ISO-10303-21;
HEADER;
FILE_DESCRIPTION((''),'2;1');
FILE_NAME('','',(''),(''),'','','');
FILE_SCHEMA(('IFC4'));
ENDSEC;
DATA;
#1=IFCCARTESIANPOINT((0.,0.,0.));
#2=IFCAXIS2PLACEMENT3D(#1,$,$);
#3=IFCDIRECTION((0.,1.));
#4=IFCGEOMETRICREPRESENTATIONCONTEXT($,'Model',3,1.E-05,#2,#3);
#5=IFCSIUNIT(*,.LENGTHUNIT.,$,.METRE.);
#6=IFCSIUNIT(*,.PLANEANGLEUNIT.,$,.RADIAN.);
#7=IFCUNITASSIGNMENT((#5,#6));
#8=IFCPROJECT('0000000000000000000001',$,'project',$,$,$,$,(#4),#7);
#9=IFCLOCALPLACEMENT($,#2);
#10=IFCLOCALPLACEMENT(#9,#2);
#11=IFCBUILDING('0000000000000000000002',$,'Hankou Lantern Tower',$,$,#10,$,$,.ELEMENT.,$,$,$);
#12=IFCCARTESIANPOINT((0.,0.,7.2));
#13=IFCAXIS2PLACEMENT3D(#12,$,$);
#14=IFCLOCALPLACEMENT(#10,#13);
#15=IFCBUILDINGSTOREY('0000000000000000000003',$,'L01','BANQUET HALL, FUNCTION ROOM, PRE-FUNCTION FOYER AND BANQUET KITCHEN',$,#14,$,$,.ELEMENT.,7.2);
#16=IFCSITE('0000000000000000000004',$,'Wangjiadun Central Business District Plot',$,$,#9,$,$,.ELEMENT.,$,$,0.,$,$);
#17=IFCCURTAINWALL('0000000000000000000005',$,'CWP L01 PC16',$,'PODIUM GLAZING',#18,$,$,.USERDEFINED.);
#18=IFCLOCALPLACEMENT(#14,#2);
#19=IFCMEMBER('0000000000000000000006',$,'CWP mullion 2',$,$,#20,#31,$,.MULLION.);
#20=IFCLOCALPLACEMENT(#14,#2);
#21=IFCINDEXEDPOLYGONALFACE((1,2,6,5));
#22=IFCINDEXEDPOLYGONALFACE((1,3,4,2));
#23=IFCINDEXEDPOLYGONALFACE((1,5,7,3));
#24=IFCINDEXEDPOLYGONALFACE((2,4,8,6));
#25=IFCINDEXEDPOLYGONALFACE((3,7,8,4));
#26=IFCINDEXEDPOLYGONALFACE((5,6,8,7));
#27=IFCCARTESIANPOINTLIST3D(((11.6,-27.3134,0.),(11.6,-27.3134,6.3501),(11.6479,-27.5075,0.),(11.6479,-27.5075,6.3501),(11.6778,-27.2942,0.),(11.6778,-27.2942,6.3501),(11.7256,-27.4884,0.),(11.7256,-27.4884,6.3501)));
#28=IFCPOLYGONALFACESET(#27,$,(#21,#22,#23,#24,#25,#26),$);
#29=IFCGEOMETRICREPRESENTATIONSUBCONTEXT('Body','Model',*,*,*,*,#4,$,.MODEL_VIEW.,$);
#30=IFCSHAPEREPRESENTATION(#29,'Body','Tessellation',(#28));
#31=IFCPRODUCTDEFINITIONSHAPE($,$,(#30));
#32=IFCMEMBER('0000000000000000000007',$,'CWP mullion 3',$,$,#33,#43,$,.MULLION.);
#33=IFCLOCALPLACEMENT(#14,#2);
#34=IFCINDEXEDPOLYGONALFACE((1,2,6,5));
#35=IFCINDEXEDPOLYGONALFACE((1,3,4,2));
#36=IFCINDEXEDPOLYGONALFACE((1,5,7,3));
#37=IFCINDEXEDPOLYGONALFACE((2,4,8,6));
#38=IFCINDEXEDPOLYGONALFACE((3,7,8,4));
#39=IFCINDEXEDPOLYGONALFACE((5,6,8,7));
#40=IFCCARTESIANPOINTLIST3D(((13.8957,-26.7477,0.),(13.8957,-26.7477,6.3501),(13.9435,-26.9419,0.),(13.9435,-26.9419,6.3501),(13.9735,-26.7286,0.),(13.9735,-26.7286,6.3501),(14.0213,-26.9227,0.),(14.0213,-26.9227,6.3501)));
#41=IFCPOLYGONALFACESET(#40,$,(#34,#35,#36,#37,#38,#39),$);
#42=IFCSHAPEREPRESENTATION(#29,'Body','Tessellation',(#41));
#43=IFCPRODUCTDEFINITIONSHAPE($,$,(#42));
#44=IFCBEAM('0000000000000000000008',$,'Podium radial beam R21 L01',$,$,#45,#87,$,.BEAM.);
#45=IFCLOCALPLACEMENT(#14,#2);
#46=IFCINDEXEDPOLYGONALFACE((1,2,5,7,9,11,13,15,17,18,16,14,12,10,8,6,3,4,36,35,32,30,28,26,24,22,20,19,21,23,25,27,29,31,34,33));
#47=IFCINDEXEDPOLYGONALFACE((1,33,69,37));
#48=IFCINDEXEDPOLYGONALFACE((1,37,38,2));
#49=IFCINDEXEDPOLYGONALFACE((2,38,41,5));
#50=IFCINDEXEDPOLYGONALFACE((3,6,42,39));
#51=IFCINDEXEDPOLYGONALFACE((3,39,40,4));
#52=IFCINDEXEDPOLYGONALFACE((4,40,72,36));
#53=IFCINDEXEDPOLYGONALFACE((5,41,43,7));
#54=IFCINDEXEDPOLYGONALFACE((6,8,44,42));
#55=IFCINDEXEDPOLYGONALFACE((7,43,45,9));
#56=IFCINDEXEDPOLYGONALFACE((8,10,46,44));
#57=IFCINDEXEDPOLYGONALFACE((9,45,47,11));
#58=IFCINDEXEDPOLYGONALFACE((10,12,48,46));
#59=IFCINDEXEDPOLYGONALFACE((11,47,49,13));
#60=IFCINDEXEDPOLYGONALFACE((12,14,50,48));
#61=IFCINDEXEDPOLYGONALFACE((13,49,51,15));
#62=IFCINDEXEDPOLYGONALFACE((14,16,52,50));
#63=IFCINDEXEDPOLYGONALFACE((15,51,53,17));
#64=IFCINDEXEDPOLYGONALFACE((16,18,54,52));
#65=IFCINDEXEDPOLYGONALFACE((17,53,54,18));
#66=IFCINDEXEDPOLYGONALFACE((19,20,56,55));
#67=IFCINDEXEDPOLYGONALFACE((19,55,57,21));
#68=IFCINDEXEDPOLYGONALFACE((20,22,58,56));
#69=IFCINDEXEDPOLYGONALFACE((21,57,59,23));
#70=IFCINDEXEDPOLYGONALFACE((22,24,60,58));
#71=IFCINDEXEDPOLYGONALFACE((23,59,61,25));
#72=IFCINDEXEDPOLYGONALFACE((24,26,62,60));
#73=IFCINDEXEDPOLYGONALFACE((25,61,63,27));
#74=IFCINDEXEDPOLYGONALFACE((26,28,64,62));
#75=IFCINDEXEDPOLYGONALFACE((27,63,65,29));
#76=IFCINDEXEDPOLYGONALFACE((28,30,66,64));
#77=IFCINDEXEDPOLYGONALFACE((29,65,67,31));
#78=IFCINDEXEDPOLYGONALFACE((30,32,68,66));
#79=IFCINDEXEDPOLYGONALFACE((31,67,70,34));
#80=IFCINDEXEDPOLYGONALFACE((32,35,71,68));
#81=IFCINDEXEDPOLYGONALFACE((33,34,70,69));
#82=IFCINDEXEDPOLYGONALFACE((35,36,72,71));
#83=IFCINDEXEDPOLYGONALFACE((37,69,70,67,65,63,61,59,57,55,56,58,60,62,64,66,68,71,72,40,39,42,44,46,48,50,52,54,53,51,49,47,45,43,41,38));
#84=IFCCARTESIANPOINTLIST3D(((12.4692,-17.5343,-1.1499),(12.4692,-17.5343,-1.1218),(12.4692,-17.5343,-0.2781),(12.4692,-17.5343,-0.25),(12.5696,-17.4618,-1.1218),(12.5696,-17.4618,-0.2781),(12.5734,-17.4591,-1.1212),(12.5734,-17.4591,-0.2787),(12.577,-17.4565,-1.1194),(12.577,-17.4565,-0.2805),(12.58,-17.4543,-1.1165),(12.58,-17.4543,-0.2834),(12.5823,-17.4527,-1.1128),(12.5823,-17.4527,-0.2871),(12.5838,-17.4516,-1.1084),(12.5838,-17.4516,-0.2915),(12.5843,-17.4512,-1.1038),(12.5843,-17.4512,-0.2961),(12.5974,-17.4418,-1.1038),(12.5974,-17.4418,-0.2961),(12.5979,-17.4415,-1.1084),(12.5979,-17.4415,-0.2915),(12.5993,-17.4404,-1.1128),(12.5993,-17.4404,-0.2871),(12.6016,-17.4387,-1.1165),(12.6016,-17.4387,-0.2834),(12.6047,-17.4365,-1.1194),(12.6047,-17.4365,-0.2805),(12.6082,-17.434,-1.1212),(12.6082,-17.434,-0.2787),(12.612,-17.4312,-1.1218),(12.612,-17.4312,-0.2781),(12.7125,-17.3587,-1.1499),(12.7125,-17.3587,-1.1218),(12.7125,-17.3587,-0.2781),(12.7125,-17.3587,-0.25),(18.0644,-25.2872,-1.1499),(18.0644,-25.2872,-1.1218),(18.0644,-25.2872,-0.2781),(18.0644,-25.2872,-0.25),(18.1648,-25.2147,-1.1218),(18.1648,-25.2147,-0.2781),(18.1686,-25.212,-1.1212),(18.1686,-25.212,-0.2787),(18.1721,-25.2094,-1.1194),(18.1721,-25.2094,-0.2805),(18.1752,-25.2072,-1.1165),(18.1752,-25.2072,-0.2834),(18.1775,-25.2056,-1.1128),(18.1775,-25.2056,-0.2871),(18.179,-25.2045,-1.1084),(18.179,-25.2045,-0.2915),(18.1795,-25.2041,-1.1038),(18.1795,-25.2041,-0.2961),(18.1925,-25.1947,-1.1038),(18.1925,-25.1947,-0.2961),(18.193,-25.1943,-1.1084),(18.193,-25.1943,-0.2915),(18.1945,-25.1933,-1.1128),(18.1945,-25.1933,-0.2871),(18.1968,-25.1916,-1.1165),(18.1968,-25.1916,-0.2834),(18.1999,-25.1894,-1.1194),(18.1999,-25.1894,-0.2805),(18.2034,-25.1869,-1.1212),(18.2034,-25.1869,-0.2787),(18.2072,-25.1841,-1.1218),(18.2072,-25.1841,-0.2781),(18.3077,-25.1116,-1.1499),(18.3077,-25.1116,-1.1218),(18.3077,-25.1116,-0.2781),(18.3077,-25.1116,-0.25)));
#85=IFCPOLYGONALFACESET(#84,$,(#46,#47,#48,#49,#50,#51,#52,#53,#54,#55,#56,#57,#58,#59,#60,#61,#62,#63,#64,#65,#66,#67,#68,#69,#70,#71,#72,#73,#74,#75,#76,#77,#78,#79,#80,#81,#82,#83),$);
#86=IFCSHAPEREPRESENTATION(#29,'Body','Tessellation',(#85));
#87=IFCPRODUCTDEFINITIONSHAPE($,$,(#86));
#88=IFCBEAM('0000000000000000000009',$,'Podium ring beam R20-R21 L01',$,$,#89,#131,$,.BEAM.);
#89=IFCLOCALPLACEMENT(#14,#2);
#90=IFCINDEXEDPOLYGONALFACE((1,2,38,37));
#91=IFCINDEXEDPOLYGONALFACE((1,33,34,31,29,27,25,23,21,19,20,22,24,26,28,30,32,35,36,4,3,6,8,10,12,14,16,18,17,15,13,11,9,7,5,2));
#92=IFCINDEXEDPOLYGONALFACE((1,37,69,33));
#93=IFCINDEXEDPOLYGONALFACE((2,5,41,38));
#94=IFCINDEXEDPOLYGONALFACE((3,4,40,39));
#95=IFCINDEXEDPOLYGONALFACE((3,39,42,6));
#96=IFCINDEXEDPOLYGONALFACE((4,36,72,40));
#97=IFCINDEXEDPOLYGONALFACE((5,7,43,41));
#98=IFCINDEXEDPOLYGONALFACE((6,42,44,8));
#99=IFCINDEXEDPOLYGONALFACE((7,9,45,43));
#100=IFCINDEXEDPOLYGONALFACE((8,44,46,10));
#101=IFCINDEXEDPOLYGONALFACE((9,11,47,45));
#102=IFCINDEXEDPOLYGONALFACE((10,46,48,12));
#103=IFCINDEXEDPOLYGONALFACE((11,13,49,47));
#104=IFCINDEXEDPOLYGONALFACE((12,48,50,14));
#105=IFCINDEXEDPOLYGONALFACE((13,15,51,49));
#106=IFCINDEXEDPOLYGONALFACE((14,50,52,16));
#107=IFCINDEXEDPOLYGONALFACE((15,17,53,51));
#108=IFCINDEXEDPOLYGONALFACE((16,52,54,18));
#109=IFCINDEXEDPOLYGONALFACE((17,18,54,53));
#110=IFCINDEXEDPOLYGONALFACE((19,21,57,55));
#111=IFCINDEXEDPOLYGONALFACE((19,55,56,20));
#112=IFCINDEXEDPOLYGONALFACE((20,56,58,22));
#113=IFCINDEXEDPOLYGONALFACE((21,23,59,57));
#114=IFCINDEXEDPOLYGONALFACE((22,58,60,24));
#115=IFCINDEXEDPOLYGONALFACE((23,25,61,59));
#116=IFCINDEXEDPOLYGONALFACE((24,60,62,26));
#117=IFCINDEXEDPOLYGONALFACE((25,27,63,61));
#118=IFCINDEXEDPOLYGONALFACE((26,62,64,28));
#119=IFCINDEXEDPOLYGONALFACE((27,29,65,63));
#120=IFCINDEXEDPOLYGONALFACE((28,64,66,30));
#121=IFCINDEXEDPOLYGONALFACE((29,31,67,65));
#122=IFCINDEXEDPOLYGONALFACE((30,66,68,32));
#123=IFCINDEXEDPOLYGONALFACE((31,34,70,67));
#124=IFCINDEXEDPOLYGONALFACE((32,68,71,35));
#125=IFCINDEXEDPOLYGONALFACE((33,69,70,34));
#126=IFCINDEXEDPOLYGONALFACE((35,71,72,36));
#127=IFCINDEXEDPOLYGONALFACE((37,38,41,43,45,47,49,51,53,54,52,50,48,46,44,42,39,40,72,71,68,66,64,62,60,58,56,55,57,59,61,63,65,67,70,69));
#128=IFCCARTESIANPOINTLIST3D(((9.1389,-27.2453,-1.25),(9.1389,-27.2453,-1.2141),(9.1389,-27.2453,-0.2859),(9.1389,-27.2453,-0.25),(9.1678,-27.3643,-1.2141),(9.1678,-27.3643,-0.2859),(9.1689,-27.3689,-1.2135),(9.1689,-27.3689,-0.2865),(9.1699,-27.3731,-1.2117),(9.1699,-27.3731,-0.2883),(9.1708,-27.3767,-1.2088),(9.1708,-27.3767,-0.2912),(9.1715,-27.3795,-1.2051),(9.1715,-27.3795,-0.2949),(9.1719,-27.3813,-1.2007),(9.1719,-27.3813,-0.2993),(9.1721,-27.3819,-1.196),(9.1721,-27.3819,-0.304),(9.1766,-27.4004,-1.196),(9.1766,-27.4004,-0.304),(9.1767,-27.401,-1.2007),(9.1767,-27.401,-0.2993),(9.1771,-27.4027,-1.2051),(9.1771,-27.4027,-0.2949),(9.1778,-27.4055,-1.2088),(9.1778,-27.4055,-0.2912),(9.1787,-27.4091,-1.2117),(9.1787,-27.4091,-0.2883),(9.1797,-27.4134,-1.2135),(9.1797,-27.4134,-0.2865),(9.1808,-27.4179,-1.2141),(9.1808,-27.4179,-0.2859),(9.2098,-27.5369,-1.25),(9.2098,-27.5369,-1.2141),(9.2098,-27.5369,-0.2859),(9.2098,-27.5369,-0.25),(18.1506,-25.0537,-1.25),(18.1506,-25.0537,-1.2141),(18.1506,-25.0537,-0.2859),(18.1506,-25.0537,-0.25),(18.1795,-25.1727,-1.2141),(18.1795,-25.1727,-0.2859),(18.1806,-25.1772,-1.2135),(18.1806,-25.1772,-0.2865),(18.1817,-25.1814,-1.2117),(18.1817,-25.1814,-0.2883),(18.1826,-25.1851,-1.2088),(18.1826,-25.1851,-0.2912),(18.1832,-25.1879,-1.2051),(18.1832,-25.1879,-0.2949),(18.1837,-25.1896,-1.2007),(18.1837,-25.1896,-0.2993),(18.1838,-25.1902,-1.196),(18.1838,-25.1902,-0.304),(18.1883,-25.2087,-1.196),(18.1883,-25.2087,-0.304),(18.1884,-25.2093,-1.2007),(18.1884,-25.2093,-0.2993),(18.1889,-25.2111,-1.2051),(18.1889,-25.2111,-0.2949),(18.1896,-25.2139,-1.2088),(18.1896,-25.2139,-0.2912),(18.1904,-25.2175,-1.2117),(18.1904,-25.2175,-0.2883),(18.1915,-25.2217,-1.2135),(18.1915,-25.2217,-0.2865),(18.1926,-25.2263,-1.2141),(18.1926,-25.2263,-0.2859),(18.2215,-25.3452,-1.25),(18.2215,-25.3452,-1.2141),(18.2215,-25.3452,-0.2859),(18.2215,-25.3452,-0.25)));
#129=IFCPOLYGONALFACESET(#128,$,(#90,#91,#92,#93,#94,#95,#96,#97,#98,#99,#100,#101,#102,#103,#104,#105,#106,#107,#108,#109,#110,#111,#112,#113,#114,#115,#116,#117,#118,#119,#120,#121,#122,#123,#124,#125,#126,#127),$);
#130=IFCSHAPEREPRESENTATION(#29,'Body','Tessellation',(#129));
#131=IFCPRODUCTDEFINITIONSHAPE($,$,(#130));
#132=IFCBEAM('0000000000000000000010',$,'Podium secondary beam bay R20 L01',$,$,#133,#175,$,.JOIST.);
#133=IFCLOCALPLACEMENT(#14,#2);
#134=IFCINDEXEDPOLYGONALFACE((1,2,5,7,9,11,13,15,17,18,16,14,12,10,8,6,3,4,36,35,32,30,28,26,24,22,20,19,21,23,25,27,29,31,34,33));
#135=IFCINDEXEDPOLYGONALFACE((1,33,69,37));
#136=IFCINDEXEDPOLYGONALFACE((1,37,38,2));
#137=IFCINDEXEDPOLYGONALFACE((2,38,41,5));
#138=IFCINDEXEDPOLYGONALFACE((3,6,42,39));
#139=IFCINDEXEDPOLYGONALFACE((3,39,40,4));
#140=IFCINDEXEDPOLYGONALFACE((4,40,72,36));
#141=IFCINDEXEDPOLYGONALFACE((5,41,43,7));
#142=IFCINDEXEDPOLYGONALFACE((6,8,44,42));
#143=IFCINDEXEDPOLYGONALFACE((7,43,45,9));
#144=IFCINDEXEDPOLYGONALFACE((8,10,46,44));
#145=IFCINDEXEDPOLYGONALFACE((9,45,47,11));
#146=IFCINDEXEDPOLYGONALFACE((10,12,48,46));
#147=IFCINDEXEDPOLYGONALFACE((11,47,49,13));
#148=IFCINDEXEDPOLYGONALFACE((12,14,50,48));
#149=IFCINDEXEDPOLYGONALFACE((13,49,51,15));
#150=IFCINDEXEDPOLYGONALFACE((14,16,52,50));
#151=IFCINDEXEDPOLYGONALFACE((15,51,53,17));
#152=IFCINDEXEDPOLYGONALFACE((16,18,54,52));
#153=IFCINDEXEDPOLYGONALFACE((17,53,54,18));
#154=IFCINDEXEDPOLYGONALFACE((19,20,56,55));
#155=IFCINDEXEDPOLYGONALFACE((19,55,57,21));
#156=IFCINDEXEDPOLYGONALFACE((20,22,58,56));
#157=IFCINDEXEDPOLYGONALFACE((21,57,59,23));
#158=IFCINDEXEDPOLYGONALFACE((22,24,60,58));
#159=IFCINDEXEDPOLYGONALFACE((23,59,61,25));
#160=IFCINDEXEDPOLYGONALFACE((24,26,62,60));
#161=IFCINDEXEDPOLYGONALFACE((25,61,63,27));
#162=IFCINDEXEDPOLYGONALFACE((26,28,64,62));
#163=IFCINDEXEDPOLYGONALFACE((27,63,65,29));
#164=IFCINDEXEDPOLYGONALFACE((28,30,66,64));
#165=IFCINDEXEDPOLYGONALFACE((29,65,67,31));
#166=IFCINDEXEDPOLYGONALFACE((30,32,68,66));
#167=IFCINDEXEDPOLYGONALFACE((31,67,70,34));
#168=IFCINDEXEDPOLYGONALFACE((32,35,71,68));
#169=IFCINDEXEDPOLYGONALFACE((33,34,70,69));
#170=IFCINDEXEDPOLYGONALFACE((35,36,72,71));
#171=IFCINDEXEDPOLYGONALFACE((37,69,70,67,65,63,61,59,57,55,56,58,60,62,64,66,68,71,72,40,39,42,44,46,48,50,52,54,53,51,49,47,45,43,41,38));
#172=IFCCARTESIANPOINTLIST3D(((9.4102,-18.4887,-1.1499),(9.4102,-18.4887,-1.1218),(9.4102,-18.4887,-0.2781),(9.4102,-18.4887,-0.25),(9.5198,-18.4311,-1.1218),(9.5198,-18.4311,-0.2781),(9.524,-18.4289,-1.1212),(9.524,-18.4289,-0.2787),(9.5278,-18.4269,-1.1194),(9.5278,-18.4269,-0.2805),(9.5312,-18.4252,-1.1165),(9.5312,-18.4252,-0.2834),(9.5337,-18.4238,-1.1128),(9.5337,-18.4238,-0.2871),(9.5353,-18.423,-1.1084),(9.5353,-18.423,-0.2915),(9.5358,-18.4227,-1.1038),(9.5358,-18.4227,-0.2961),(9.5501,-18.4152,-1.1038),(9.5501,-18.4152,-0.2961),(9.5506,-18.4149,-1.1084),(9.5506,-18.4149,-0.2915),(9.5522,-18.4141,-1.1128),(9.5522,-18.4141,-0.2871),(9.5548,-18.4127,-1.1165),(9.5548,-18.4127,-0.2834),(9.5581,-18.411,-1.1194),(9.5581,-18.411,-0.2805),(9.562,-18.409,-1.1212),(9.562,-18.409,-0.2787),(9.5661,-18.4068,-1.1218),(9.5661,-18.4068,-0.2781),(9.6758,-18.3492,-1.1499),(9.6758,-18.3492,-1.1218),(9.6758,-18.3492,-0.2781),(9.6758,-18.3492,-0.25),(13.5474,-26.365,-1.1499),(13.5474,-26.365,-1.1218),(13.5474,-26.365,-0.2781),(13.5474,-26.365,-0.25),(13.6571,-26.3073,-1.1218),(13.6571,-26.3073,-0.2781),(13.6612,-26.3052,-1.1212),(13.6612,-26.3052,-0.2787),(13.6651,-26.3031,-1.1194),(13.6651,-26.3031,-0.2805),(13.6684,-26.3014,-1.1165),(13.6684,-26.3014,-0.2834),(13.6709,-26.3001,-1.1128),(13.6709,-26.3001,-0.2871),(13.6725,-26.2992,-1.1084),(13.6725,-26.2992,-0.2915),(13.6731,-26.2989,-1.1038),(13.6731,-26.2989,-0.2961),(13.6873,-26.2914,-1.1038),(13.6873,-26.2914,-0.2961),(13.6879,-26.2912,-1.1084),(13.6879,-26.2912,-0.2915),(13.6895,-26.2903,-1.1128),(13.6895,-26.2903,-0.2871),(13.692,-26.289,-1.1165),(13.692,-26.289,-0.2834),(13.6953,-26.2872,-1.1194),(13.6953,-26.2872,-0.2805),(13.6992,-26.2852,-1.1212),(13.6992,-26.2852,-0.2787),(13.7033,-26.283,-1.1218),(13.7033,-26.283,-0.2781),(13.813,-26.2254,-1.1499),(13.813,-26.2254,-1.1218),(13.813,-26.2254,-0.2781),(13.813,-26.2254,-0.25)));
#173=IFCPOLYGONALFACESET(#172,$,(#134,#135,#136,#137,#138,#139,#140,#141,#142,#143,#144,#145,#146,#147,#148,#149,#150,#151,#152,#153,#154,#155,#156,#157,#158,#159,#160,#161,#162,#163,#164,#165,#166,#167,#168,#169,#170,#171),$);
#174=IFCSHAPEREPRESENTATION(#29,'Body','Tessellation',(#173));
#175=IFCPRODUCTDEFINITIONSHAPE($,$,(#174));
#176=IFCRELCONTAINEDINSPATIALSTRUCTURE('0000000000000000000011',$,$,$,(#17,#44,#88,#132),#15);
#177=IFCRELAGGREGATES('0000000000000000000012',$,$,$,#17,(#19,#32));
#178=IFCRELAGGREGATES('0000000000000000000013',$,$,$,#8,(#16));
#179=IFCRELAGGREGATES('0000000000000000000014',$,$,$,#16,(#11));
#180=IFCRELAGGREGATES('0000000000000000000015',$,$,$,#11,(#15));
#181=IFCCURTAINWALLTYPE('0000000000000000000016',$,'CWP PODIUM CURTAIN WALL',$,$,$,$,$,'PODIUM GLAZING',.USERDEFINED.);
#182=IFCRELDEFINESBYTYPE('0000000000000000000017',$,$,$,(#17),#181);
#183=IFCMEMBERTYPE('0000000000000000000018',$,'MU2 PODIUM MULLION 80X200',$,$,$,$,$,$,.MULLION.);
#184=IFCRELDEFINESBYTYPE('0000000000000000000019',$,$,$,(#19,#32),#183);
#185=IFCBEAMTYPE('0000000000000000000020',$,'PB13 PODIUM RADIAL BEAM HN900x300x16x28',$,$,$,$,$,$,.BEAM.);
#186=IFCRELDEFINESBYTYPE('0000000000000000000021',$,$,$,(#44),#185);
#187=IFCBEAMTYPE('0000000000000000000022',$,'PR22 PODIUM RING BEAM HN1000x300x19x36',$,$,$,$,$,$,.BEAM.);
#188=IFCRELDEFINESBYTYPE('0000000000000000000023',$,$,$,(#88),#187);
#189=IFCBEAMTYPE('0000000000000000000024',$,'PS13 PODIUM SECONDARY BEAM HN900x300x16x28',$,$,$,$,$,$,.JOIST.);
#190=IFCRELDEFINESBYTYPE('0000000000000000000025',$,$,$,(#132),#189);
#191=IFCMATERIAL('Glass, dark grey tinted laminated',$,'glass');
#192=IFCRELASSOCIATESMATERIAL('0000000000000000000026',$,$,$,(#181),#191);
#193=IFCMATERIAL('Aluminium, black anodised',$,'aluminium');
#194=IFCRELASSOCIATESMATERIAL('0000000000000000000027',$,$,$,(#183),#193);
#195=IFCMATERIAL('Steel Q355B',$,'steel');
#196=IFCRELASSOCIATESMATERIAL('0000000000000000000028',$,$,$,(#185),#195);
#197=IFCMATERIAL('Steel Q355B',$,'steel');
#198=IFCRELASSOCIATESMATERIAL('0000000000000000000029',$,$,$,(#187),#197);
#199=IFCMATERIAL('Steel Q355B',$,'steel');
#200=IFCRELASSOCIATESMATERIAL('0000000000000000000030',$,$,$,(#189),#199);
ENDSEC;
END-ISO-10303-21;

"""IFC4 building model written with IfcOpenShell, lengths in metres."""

from ifc_helpers import new_model, si_unit, direction, frame, origin, origin_2d, place, context, subcontext, project, spatial, rectangle, i_section, extrude, material, material_profile, profile_set, type_object, element, aggregate, save


model = new_model("IFC4")

# Units and contexts
model_context = context("Model", 3, precision=1e-05, world=origin(), true_north=direction((0.0, 1.0)))
body_context = subcontext(model_context, "Body", "Model", "MODEL_VIEW")
ifc_project = project(units=[si_unit("LENGTHUNIT", "METRE"), si_unit("PLANEANGLEUNIT", "RADIAN")], contexts=[model_context])

# Site, building, storey
site_placement = place(None, origin())
site = spatial("IfcSite", under=ifc_project, at=site_placement, Name="Wangjiadun Central Business District Plot", CompositionType="ELEMENT", RefElevation=0.0)
building_placement = place(site_placement, origin())
building = spatial("IfcBuilding", under=site, at=building_placement, Name="Hankou Lantern Tower", CompositionType="ELEMENT")
storey_placement = place(building_placement, frame((0.0, 0.0, 7.2)))
storey = spatial("IfcBuildingStorey", under=building, at=storey_placement, Name="L01", Description="BANQUET HALL, FUNCTION ROOM, PRE-FUNCTION FOYER AND BANQUET KITCHEN", CompositionType="ELEMENT", Elevation=7.2)

# Shared definitions
ifc_material_1 = material(Name="Glass, dark grey tinted laminated", Category="glass")
curtain_wall_type = type_object("IfcCurtainWallType", Name="CWP PODIUM CURTAIN WALL", ElementType="PODIUM GLAZING", PredefinedType="USERDEFINED", material=ifc_material_1)
ifc_material_2 = material(Name="Aluminium, black anodised", Category="aluminium")
ifc_material_profile_1 = material_profile(ifc_material_2, rectangle(XDim=0.0801, YDim=0.2, at=origin_2d()), Name="MU2 80X200")
ifc_profile_set_1 = profile_set([ifc_material_profile_1], Name="Aluminium, black anodised")
member_type_1 = type_object("IfcMemberType", Name="MU2 PODIUM MULLION 80X200", PredefinedType="MULLION", material=ifc_profile_set_1)

# Curtain wall, members
curtain_wall_1_placement = place(storey_placement, origin())
curtain_wall_1 = element("IfcCurtainWall", 1, at=curtain_wall_1_placement, inside=storey, type_object=curtain_wall_type, Name="CWP L01 PC16", ObjectType="PODIUM GLAZING", PredefinedType="USERDEFINED")
member_1_placement = place(storey_placement, frame((11.6628, -27.4009, 0.0), z_axis=(0.0, 0.0, 1.0), x_axis=(0.970961, 0.239238, 0.0)))
member_1 = element("IfcMember", 2, at=member_1_placement, type_object=member_type_1, Name="CWP mullion 2", PredefinedType="MULLION", context=body_context, shape_type="SweptSolid", body=[
    extrude(rectangle(XDim=0.0801, YDim=0.2, at=origin_2d()), origin(), (0.0, 0.0, 1.0), 6.3501),
])
member_2_placement = place(storey_placement, frame((13.9585, -26.8352, 0.0), z_axis=(0.0, 0.0, 1.0), x_axis=(0.970961, 0.239238, 0.0)))
member_2 = element("IfcMember", 3, at=member_2_placement, type_object=member_type_1, Name="CWP mullion 3", PredefinedType="MULLION", context=body_context, shape_type="SweptSolid", body=[
    extrude(rectangle(XDim=0.0801, YDim=0.2, at=origin_2d()), origin(), (0.0, 0.0, 1.0), 6.3501),
])

# Beams
ifc_material_3 = material(Name="Steel Q355B", Category="steel")
ifc_material_profile_2 = material_profile(ifc_material_3, i_section(OverallWidth=0.3, OverallDepth=0.8999, WebThickness=0.0161, FlangeThickness=0.0281, FilletRadius=0.0181, at=origin_2d()), Name="HN900x300x16x28")
ifc_profile_set_2 = profile_set([ifc_material_profile_2], Name="Steel Q355B")
beam_type_1 = type_object("IfcBeamType", Name="PB13 PODIUM RADIAL BEAM HN900x300x16x28", PredefinedType="BEAM", material=ifc_profile_set_2)
beam_1_placement = place(storey_placement, frame((12.5908, -17.4465, -0.7), z_axis=(0.585207, -0.810884, 0.0), x_axis=(0.810884, 0.585207, 0.0)))
element("IfcBeam", 4, at=beam_1_placement, inside=storey, type_object=beam_type_1, Name="Podium radial beam R21 L01", PredefinedType="BEAM", context=body_context, shape_type="SweptSolid", body=[
    extrude(i_section(OverallWidth=0.3, OverallDepth=0.8999, WebThickness=0.0161, FlangeThickness=0.0281, FilletRadius=0.0181, at=origin_2d()), origin(), (0.0, 0.0, 1.0), 9.561),
])
ifc_material_4 = material(Name="Steel Q355B", Category="steel")
ifc_material_profile_3 = material_profile(ifc_material_4, i_section(OverallWidth=0.3, OverallDepth=1.0, WebThickness=0.019, FlangeThickness=0.0359, FilletRadius=0.0181, at=origin_2d()), Name="HN1000x300x19x36")
ifc_profile_set_3 = profile_set([ifc_material_profile_3], Name="Steel Q355B")
beam_type_2 = type_object("IfcBeamType", Name="PR22 PODIUM RING BEAM HN1000x300x19x36", PredefinedType="BEAM", material=ifc_profile_set_3)
beam_2_placement = place(storey_placement, frame((9.1743, -27.3911, -0.75), z_axis=(0.971677, 0.236312, 0.0), x_axis=(-0.236312, 0.971677, 0.0)))
element("IfcBeam", 5, at=beam_2_placement, inside=storey, type_object=beam_type_2, Name="Podium ring beam R20-R21 L01", PredefinedType="BEAM", context=body_context, shape_type="SweptSolid", body=[
    extrude(i_section(OverallWidth=0.3, OverallDepth=1.0, WebThickness=0.019, FlangeThickness=0.0359, FilletRadius=0.0181, at=origin_2d()), origin(), (0.0, 0.0, 1.0), 9.2744),
])
ifc_material_5 = material(Name="Steel Q355B", Category="steel")
ifc_material_profile_4 = material_profile(ifc_material_5, i_section(OverallWidth=0.3, OverallDepth=0.8999, WebThickness=0.0161, FlangeThickness=0.0281, FilletRadius=0.0181, at=origin_2d()), Name="HN900x300x16x28")
ifc_profile_set_4 = profile_set([ifc_material_profile_4], Name="Steel Q355B")
beam_type_3 = type_object("IfcBeamType", Name="PS13 PODIUM SECONDARY BEAM HN900x300x16x28", PredefinedType="JOIST", material=ifc_profile_set_4)
beam_3_placement = place(storey_placement, frame((9.543, -18.4189, -0.7), z_axis=(0.465027, -0.885297, 0.0), x_axis=(0.885297, 0.465027, 0.0)))
element("IfcBeam", 6, at=beam_3_placement, inside=storey, type_object=beam_type_3, Name="Podium secondary beam bay R20 L01", PredefinedType="JOIST", context=body_context, shape_type="SweptSolid", body=[
    extrude(i_section(OverallWidth=0.3, OverallDepth=0.8999, WebThickness=0.0161, FlangeThickness=0.0281, FilletRadius=0.0181, at=origin_2d()), origin(), (0.0, 0.0, 1.0), 8.8967),
])

aggregate(curtain_wall_1, [member_1, member_2])

save(model, "model.ifc")
